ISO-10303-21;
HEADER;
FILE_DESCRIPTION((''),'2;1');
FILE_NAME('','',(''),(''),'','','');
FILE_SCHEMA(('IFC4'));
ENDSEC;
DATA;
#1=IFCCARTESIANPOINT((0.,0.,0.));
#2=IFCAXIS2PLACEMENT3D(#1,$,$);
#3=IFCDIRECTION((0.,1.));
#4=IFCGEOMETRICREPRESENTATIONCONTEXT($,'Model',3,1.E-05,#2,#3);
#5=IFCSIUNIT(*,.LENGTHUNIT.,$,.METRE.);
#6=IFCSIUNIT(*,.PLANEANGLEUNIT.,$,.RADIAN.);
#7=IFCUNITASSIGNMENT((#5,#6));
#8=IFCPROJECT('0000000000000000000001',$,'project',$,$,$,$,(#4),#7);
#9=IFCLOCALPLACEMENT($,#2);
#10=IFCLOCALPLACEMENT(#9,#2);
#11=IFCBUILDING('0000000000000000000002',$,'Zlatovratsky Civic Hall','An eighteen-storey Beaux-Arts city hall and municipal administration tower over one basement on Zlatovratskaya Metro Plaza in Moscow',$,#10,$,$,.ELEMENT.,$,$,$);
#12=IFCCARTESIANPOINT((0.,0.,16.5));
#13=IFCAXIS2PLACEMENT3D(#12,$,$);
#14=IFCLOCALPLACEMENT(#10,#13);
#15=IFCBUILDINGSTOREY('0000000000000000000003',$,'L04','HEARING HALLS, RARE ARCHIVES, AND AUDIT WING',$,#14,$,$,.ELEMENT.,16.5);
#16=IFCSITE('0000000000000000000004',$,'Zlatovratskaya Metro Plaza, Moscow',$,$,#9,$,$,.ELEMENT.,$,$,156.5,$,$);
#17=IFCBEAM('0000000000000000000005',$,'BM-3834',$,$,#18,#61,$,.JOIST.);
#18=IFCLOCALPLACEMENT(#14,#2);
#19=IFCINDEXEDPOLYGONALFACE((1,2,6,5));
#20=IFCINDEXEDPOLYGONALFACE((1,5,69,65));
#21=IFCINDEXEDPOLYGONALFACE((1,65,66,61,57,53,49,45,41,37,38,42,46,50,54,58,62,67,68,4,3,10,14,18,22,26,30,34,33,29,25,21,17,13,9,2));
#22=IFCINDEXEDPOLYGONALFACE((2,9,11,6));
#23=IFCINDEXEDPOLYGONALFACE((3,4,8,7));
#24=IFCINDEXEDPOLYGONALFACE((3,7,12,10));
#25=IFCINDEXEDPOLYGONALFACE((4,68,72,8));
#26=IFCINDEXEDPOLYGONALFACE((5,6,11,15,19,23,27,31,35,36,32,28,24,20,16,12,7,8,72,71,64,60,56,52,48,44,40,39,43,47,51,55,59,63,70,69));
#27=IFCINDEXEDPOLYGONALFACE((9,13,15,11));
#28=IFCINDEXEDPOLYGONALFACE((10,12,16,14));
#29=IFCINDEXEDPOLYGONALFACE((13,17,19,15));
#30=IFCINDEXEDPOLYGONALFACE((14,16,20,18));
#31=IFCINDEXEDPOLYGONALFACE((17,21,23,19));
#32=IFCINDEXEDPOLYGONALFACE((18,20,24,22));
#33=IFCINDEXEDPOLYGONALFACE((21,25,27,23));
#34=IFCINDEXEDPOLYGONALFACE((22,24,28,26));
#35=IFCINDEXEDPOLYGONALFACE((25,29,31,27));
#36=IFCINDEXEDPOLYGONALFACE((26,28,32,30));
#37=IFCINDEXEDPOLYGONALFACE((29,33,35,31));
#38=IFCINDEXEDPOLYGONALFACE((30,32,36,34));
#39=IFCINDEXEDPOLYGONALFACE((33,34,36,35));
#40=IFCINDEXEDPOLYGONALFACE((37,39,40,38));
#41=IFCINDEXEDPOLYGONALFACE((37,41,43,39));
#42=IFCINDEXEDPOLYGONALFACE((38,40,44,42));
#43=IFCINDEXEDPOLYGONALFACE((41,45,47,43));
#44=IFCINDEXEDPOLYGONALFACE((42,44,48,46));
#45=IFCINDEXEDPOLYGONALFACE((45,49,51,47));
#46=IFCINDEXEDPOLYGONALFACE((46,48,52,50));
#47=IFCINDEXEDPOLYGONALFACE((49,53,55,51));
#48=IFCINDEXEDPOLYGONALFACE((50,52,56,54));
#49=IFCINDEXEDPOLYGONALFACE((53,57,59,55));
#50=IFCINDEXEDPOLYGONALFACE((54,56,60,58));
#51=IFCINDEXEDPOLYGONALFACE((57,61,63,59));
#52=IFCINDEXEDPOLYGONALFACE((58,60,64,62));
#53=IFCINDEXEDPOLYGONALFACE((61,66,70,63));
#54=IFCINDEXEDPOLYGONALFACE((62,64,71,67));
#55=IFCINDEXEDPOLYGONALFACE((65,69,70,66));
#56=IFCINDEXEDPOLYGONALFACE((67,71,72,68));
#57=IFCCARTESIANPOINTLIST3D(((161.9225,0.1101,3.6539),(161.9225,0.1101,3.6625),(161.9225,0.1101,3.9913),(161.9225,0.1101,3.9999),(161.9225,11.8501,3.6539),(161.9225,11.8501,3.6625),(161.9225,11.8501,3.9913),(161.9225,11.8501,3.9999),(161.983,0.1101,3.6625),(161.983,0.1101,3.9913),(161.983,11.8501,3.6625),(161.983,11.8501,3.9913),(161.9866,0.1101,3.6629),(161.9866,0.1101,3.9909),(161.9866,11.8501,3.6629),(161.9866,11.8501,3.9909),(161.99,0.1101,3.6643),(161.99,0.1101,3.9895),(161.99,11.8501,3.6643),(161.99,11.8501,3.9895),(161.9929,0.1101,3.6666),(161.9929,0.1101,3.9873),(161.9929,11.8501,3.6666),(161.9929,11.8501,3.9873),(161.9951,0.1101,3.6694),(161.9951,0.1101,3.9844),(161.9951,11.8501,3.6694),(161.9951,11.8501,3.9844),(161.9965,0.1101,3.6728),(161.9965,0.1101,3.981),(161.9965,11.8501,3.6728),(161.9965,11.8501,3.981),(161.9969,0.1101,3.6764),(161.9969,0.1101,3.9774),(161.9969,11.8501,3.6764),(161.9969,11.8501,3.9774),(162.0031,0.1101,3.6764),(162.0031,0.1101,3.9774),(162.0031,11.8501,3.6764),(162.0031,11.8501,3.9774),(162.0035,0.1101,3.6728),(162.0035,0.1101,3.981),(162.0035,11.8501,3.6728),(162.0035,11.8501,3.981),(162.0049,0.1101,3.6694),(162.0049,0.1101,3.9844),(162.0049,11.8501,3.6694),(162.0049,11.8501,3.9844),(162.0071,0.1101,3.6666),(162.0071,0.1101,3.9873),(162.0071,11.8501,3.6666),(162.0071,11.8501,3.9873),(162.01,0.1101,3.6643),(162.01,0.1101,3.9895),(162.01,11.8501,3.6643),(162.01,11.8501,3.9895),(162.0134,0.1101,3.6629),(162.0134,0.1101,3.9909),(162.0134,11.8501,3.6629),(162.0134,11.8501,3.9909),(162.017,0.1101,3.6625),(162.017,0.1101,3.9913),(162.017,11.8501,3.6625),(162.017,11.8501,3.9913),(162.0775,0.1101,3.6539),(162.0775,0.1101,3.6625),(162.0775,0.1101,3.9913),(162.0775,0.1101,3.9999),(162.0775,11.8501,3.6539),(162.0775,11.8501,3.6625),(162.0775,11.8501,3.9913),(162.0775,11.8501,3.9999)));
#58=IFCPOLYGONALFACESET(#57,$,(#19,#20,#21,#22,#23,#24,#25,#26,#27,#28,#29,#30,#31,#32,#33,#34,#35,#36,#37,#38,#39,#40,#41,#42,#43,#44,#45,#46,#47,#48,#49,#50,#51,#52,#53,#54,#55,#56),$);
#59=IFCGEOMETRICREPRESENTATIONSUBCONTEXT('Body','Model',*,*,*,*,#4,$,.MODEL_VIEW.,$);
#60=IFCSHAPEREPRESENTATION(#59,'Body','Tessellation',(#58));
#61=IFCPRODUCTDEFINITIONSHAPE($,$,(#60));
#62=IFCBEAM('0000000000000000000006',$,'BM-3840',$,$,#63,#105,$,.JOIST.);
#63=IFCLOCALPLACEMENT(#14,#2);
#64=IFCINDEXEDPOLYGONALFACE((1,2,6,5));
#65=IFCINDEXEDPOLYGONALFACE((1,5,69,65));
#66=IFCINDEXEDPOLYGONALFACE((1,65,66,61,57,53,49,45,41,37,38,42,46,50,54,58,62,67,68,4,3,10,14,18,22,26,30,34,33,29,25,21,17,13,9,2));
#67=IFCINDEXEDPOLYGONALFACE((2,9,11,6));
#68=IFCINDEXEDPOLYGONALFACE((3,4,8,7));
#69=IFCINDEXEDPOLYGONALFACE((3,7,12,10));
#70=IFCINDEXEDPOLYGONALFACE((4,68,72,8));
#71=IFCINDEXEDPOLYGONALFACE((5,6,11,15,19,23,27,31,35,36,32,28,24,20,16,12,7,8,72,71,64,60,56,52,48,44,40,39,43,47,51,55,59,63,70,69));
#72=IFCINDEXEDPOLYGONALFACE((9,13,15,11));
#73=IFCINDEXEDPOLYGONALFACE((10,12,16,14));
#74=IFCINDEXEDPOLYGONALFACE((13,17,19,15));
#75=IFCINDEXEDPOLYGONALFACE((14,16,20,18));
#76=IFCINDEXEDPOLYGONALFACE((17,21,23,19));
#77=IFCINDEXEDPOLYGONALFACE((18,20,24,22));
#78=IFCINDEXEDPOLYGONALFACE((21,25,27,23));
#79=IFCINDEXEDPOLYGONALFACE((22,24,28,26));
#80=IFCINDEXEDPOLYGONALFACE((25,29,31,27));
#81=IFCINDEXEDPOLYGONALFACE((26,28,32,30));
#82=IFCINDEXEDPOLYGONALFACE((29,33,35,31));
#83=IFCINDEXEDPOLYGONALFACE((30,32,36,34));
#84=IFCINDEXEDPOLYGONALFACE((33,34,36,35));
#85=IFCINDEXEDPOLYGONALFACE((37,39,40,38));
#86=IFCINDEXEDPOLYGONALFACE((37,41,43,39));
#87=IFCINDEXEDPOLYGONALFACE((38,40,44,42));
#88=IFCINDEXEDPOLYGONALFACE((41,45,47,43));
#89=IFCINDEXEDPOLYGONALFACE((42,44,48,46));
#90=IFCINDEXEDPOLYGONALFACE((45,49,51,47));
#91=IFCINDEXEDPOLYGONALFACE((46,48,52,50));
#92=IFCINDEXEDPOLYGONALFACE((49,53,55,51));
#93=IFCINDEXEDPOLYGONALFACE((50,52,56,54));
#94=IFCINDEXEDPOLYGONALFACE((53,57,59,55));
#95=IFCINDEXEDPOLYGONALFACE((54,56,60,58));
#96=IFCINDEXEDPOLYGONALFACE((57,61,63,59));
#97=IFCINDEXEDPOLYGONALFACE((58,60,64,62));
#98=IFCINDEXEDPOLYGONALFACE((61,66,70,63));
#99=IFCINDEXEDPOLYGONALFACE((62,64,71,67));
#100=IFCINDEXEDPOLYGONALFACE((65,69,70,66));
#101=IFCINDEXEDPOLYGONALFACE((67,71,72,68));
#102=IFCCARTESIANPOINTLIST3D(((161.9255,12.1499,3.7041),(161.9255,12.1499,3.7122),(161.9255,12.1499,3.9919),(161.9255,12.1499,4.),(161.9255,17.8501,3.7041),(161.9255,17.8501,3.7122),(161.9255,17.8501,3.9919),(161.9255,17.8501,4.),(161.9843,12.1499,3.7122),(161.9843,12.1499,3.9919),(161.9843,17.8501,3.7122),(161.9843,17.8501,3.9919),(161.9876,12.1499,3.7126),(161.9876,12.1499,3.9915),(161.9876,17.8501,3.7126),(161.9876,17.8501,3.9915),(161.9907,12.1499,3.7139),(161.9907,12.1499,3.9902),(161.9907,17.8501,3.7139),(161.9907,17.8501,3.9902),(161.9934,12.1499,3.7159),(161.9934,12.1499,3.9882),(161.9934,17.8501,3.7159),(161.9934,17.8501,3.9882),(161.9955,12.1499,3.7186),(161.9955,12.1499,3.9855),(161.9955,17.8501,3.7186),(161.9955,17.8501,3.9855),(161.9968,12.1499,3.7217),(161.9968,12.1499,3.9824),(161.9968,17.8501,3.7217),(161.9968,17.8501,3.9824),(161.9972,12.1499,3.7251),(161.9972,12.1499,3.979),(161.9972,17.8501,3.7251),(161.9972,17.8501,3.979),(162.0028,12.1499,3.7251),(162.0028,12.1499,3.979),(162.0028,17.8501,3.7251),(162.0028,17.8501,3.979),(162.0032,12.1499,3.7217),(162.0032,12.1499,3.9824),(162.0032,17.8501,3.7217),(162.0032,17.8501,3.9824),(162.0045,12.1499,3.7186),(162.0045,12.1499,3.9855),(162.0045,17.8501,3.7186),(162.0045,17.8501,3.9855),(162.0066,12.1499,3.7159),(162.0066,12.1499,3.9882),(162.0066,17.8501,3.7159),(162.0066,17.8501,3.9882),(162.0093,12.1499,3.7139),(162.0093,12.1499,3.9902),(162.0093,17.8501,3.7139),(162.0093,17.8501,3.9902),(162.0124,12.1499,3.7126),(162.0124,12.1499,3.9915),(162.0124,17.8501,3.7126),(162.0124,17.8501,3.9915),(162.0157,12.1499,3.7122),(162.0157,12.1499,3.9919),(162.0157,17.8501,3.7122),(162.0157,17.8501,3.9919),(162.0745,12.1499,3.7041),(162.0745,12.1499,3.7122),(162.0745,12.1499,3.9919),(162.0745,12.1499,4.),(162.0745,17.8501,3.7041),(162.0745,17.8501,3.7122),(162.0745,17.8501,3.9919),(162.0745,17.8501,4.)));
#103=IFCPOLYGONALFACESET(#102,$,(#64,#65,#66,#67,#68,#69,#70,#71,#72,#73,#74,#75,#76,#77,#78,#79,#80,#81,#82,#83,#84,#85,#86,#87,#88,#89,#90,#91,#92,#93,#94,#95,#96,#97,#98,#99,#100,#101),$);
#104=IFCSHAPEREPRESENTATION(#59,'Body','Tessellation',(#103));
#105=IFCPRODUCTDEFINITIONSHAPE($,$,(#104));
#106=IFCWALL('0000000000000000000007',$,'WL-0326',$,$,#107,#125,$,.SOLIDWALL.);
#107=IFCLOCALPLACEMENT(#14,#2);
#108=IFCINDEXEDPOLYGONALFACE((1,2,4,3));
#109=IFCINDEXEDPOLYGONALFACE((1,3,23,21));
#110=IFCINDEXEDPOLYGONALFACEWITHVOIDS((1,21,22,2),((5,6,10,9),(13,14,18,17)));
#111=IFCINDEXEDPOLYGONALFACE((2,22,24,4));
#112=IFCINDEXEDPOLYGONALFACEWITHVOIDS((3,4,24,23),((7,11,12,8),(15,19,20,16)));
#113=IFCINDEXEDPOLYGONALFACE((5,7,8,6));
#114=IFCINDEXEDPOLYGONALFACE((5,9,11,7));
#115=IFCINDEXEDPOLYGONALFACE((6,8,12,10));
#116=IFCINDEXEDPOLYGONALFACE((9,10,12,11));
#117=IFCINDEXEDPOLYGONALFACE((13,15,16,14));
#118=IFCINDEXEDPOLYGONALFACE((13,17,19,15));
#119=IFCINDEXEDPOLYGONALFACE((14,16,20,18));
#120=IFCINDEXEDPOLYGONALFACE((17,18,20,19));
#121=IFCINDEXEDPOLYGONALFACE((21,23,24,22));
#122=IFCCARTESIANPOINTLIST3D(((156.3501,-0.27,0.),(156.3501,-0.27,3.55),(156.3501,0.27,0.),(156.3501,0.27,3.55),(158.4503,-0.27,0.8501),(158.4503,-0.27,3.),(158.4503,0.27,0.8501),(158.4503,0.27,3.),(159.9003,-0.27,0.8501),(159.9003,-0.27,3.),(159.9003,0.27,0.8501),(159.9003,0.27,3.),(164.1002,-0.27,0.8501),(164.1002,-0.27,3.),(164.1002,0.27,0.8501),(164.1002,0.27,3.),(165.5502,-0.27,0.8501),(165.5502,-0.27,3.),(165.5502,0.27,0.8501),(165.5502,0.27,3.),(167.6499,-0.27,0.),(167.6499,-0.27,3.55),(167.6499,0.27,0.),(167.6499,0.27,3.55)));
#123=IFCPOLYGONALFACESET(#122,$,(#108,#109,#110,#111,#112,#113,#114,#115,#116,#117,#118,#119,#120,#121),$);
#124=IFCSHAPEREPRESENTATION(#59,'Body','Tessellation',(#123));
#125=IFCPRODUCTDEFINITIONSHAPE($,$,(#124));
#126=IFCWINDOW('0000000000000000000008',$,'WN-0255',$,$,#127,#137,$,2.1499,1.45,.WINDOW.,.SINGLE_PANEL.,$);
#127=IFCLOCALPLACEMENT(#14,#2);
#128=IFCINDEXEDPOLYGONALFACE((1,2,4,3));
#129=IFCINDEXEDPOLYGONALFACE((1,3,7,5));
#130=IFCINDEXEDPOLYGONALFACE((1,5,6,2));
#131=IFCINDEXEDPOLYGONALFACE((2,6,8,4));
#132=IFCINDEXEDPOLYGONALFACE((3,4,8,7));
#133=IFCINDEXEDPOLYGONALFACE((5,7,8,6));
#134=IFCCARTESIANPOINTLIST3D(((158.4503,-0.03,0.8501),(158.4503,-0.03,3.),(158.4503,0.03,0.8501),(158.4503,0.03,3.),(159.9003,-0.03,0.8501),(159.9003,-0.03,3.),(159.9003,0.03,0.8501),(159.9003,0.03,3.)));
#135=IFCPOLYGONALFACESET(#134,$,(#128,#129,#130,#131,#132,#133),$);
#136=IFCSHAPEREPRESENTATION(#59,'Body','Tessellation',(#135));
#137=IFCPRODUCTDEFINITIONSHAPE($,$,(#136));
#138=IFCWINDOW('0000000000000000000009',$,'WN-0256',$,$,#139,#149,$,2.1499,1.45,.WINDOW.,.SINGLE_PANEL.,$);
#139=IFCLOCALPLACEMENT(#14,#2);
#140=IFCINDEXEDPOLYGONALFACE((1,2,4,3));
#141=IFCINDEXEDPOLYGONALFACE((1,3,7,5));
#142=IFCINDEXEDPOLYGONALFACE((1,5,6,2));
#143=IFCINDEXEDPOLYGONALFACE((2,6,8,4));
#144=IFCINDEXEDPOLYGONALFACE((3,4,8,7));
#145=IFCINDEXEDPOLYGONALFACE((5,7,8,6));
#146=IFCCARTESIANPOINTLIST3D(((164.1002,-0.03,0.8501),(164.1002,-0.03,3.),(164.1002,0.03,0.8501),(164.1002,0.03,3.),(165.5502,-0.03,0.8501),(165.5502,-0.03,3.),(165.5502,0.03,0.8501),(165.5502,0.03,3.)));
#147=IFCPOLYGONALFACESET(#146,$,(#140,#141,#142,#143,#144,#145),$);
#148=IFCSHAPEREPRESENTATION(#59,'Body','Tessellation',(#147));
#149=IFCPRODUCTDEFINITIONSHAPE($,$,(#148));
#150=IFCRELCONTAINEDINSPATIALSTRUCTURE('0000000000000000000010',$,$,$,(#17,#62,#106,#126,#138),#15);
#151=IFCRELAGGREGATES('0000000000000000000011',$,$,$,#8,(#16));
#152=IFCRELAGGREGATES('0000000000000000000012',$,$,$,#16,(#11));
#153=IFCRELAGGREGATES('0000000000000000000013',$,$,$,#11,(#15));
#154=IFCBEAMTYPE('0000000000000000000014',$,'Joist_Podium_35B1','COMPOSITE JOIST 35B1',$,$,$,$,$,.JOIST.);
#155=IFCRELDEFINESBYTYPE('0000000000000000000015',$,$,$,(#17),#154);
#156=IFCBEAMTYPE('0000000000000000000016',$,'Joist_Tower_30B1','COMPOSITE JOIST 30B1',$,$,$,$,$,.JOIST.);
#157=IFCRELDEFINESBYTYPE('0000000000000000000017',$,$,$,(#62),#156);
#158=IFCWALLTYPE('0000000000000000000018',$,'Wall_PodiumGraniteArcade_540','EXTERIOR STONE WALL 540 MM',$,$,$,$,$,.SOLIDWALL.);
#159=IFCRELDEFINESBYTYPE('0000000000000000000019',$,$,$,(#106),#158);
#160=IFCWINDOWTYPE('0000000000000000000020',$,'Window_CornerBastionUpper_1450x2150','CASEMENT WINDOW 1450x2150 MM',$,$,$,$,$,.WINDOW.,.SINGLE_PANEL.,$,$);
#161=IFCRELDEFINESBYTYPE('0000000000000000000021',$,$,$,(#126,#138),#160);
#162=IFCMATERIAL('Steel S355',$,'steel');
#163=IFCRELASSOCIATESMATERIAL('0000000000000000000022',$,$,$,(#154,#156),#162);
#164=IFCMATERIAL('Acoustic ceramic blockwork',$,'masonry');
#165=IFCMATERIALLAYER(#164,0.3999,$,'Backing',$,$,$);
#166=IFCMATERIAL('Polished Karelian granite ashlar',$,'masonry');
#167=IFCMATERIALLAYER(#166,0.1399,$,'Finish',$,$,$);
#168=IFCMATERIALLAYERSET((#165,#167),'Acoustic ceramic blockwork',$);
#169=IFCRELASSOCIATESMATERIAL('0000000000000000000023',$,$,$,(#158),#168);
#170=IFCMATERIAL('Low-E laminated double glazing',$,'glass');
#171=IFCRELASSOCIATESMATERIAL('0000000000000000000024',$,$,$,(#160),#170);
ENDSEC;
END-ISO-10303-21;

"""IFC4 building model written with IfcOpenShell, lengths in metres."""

from ifc_helpers import new_model, si_unit, direction, frame, frame_2d, origin, origin_2d, place, context, subcontext, project, spatial, rectangle, i_section, extrude, material, layer, layer_set, material_profile, profile_set, type_object, element, fill, save


model = new_model("IFC4")

# Units and contexts
model_context = context("Model", 3, precision=1e-05, world=origin(), true_north=direction((0.0, 1.0)))
body_context = subcontext(model_context, "Body", "Model", "MODEL_VIEW")
ifc_project = project(units=[si_unit("LENGTHUNIT", "METRE"), si_unit("PLANEANGLEUNIT", "RADIAN")], contexts=[model_context])

# Site, building, storey
site_placement = place(None, origin())
site = spatial("IfcSite", under=ifc_project, at=site_placement, Name="Zlatovratskaya Metro Plaza, Moscow", CompositionType="ELEMENT", RefElevation=156.5)
building_placement = place(site_placement, origin())
building = spatial("IfcBuilding", under=site, at=building_placement, Name="Zlatovratsky Civic Hall", Description="An eighteen-storey Beaux-Arts city hall and municipal administration tower over one basement on Zlatovratskaya Metro Plaza in Moscow", CompositionType="ELEMENT")
storey_placement = place(building_placement, frame((0.0, 0.0, 16.5)))
storey = spatial("IfcBuildingStorey", under=building, at=storey_placement, Name="L04", Description="HEARING HALLS, RARE ARCHIVES, AND AUDIT WING", CompositionType="ELEMENT", Elevation=16.5)

# Shared definitions
ifc_material_1 = material(Name="Steel S355", Category="steel")

# Beams
ifc_material_profile_1 = material_profile(ifc_material_1, i_section(OverallWidth=0.155, OverallDepth=0.3459, WebThickness=0.0061, FlangeThickness=0.0085, FilletRadius=0.0139, at=origin_2d()), Name="35B1")
ifc_profile_set_1 = profile_set([ifc_material_profile_1], Name="Steel S355")
beam_type_1 = type_object("IfcBeamType", Name="Joist_Podium_35B1", Description="COMPOSITE JOIST 35B1", PredefinedType="JOIST", material=ifc_profile_set_1)
beam_1_placement = place(storey_placement, frame((162.0, 0.1101, 3.8269), z_axis=(0.0, 1.0, 0.0), x_axis=(-1.0, 0.0, 0.0)))
element("IfcBeam", 1, at=beam_1_placement, inside=storey, type_object=beam_type_1, Name="BM-3834", PredefinedType="JOIST", context=body_context, shape_type="SweptSolid", body=[
    extrude(i_section(OverallWidth=0.155, OverallDepth=0.3459, WebThickness=0.0061, FlangeThickness=0.0085, FilletRadius=0.0139, at=origin_2d()), origin(), (0.0, 0.0, 1.0), 11.74),
])
ifc_material_profile_2 = material_profile(ifc_material_1, i_section(OverallWidth=0.1489, OverallDepth=0.2959, WebThickness=0.0056, FlangeThickness=0.0081, FilletRadius=0.0129, at=origin_2d()), Name="30B1")
ifc_profile_set_2 = profile_set([ifc_material_profile_2], Name="Steel S355")
beam_type_2 = type_object("IfcBeamType", Name="Joist_Tower_30B1", Description="COMPOSITE JOIST 30B1", PredefinedType="JOIST", material=ifc_profile_set_2)
beam_2_placement = place(storey_placement, frame((162.0, 12.1499, 3.8521), z_axis=(0.0, 1.0, 0.0), x_axis=(-1.0, 0.0, 0.0)))
element("IfcBeam", 2, at=beam_2_placement, inside=storey, type_object=beam_type_2, Name="BM-3840", PredefinedType="JOIST", context=body_context, shape_type="SweptSolid", body=[
    extrude(i_section(OverallWidth=0.1489, OverallDepth=0.2959, WebThickness=0.0056, FlangeThickness=0.0081, FilletRadius=0.0129, at=origin_2d()), origin(), (0.0, 0.0, 1.0), 5.7002),
])

# Wall, openings, windows
ifc_material_2 = material(Name="Acoustic ceramic blockwork", Category="masonry")
ifc_layer_1 = layer(ifc_material_2, 0.3999, Name="Backing")
ifc_material_3 = material(Name="Polished Karelian granite ashlar", Category="masonry")
ifc_layer_2 = layer(ifc_material_3, 0.1399, Name="Finish")
ifc_layer_set_1 = layer_set([ifc_layer_1, ifc_layer_2], Name="Acoustic ceramic blockwork")
wall_type_1 = type_object("IfcWallType", Name="Wall_PodiumGraniteArcade_540", Description="EXTERIOR STONE WALL 540 MM", PredefinedType="SOLIDWALL", material=ifc_layer_set_1)
wall_1_placement = place(storey_placement, frame((156.3501, 0.0, 0.0), z_axis=(0.0, 0.0, 1.0), x_axis=(1.0, 0.0, 0.0)))
wall_1 = element("IfcWall", 3, at=wall_1_placement, inside=storey, type_object=wall_type_1, Name="WL-0326", PredefinedType="SOLIDWALL", context=body_context, shape_type="SweptSolid", body=[
    extrude(rectangle(XDim=11.2998, YDim=0.54, at=frame_2d((5.6499, 0.0))), origin(), (0.0, 0.0, 1.0), 3.55),
])
opening_1_placement = place(wall_1_placement, frame((2.1001, 0.0, 0.8501)))
opening_1 = element("IfcOpeningElement", 4, at=opening_1_placement, cuts=wall_1, PredefinedType="OPENING", context=body_context, shape_type="SweptSolid", body=[
    extrude(rectangle(XDim=1.45, YDim=2.1499, at=frame_2d((0.7251, 1.075))), frame((0.0, 0.2849, 0.0), z_axis=(0.0, -1.0, 0.0), x_axis=(1.0, 0.0, 0.0)), (0.0, 0.0, 1.0), 0.5698),
])
opening_2_placement = place(wall_1_placement, frame((7.75, 0.0, 0.8501)))
opening_2 = element("IfcOpeningElement", 5, at=opening_2_placement, cuts=wall_1, PredefinedType="OPENING", context=body_context, shape_type="SweptSolid", body=[
    extrude(rectangle(XDim=1.45, YDim=2.1499, at=frame_2d((0.7251, 1.075))), frame((0.0, 0.2849, 0.0), z_axis=(0.0, -1.0, 0.0), x_axis=(1.0, 0.0, 0.0)), (0.0, 0.0, 1.0), 0.5698),
])
ifc_material_4 = material(Name="Low-E laminated double glazing", Category="glass")
window_type_1 = type_object("IfcWindowType", Name="Window_CornerBastionUpper_1450x2150", Description="CASEMENT WINDOW 1450x2150 MM", PartitioningType="SINGLE_PANEL", PredefinedType="WINDOW", material=ifc_material_4)
window_1_placement = place(opening_1_placement, origin())
window_1 = element("IfcWindow", 6, at=window_1_placement, inside=storey, type_object=window_type_1, Name="WN-0255", OverallHeight=2.1499, OverallWidth=1.45, PartitioningType="SINGLE_PANEL", PredefinedType="WINDOW", context=body_context, shape_type="SweptSolid", body=[
    extrude(rectangle(XDim=1.45, YDim=2.1499, at=frame_2d((0.7251, 1.075))), frame((0.0, 0.03, 0.0), z_axis=(0.0, -1.0, 0.0), x_axis=(1.0, 0.0, 0.0)), (0.0, 0.0, 1.0), 0.0601),
])
fill(opening_1, window_1)
window_2_placement = place(opening_2_placement, origin())
window_2 = element("IfcWindow", 7, at=window_2_placement, inside=storey, type_object=window_type_1, Name="WN-0256", OverallHeight=2.1499, OverallWidth=1.45, PartitioningType="SINGLE_PANEL", PredefinedType="WINDOW", context=body_context, shape_type="SweptSolid", body=[
    extrude(rectangle(XDim=1.45, YDim=2.1499, at=frame_2d((0.7251, 1.075))), frame((0.0, 0.03, 0.0), z_axis=(0.0, -1.0, 0.0), x_axis=(1.0, 0.0, 0.0)), (0.0, 0.0, 1.0), 0.0601),
])
fill(opening_2, window_2)

save(model, "model.ifc")
